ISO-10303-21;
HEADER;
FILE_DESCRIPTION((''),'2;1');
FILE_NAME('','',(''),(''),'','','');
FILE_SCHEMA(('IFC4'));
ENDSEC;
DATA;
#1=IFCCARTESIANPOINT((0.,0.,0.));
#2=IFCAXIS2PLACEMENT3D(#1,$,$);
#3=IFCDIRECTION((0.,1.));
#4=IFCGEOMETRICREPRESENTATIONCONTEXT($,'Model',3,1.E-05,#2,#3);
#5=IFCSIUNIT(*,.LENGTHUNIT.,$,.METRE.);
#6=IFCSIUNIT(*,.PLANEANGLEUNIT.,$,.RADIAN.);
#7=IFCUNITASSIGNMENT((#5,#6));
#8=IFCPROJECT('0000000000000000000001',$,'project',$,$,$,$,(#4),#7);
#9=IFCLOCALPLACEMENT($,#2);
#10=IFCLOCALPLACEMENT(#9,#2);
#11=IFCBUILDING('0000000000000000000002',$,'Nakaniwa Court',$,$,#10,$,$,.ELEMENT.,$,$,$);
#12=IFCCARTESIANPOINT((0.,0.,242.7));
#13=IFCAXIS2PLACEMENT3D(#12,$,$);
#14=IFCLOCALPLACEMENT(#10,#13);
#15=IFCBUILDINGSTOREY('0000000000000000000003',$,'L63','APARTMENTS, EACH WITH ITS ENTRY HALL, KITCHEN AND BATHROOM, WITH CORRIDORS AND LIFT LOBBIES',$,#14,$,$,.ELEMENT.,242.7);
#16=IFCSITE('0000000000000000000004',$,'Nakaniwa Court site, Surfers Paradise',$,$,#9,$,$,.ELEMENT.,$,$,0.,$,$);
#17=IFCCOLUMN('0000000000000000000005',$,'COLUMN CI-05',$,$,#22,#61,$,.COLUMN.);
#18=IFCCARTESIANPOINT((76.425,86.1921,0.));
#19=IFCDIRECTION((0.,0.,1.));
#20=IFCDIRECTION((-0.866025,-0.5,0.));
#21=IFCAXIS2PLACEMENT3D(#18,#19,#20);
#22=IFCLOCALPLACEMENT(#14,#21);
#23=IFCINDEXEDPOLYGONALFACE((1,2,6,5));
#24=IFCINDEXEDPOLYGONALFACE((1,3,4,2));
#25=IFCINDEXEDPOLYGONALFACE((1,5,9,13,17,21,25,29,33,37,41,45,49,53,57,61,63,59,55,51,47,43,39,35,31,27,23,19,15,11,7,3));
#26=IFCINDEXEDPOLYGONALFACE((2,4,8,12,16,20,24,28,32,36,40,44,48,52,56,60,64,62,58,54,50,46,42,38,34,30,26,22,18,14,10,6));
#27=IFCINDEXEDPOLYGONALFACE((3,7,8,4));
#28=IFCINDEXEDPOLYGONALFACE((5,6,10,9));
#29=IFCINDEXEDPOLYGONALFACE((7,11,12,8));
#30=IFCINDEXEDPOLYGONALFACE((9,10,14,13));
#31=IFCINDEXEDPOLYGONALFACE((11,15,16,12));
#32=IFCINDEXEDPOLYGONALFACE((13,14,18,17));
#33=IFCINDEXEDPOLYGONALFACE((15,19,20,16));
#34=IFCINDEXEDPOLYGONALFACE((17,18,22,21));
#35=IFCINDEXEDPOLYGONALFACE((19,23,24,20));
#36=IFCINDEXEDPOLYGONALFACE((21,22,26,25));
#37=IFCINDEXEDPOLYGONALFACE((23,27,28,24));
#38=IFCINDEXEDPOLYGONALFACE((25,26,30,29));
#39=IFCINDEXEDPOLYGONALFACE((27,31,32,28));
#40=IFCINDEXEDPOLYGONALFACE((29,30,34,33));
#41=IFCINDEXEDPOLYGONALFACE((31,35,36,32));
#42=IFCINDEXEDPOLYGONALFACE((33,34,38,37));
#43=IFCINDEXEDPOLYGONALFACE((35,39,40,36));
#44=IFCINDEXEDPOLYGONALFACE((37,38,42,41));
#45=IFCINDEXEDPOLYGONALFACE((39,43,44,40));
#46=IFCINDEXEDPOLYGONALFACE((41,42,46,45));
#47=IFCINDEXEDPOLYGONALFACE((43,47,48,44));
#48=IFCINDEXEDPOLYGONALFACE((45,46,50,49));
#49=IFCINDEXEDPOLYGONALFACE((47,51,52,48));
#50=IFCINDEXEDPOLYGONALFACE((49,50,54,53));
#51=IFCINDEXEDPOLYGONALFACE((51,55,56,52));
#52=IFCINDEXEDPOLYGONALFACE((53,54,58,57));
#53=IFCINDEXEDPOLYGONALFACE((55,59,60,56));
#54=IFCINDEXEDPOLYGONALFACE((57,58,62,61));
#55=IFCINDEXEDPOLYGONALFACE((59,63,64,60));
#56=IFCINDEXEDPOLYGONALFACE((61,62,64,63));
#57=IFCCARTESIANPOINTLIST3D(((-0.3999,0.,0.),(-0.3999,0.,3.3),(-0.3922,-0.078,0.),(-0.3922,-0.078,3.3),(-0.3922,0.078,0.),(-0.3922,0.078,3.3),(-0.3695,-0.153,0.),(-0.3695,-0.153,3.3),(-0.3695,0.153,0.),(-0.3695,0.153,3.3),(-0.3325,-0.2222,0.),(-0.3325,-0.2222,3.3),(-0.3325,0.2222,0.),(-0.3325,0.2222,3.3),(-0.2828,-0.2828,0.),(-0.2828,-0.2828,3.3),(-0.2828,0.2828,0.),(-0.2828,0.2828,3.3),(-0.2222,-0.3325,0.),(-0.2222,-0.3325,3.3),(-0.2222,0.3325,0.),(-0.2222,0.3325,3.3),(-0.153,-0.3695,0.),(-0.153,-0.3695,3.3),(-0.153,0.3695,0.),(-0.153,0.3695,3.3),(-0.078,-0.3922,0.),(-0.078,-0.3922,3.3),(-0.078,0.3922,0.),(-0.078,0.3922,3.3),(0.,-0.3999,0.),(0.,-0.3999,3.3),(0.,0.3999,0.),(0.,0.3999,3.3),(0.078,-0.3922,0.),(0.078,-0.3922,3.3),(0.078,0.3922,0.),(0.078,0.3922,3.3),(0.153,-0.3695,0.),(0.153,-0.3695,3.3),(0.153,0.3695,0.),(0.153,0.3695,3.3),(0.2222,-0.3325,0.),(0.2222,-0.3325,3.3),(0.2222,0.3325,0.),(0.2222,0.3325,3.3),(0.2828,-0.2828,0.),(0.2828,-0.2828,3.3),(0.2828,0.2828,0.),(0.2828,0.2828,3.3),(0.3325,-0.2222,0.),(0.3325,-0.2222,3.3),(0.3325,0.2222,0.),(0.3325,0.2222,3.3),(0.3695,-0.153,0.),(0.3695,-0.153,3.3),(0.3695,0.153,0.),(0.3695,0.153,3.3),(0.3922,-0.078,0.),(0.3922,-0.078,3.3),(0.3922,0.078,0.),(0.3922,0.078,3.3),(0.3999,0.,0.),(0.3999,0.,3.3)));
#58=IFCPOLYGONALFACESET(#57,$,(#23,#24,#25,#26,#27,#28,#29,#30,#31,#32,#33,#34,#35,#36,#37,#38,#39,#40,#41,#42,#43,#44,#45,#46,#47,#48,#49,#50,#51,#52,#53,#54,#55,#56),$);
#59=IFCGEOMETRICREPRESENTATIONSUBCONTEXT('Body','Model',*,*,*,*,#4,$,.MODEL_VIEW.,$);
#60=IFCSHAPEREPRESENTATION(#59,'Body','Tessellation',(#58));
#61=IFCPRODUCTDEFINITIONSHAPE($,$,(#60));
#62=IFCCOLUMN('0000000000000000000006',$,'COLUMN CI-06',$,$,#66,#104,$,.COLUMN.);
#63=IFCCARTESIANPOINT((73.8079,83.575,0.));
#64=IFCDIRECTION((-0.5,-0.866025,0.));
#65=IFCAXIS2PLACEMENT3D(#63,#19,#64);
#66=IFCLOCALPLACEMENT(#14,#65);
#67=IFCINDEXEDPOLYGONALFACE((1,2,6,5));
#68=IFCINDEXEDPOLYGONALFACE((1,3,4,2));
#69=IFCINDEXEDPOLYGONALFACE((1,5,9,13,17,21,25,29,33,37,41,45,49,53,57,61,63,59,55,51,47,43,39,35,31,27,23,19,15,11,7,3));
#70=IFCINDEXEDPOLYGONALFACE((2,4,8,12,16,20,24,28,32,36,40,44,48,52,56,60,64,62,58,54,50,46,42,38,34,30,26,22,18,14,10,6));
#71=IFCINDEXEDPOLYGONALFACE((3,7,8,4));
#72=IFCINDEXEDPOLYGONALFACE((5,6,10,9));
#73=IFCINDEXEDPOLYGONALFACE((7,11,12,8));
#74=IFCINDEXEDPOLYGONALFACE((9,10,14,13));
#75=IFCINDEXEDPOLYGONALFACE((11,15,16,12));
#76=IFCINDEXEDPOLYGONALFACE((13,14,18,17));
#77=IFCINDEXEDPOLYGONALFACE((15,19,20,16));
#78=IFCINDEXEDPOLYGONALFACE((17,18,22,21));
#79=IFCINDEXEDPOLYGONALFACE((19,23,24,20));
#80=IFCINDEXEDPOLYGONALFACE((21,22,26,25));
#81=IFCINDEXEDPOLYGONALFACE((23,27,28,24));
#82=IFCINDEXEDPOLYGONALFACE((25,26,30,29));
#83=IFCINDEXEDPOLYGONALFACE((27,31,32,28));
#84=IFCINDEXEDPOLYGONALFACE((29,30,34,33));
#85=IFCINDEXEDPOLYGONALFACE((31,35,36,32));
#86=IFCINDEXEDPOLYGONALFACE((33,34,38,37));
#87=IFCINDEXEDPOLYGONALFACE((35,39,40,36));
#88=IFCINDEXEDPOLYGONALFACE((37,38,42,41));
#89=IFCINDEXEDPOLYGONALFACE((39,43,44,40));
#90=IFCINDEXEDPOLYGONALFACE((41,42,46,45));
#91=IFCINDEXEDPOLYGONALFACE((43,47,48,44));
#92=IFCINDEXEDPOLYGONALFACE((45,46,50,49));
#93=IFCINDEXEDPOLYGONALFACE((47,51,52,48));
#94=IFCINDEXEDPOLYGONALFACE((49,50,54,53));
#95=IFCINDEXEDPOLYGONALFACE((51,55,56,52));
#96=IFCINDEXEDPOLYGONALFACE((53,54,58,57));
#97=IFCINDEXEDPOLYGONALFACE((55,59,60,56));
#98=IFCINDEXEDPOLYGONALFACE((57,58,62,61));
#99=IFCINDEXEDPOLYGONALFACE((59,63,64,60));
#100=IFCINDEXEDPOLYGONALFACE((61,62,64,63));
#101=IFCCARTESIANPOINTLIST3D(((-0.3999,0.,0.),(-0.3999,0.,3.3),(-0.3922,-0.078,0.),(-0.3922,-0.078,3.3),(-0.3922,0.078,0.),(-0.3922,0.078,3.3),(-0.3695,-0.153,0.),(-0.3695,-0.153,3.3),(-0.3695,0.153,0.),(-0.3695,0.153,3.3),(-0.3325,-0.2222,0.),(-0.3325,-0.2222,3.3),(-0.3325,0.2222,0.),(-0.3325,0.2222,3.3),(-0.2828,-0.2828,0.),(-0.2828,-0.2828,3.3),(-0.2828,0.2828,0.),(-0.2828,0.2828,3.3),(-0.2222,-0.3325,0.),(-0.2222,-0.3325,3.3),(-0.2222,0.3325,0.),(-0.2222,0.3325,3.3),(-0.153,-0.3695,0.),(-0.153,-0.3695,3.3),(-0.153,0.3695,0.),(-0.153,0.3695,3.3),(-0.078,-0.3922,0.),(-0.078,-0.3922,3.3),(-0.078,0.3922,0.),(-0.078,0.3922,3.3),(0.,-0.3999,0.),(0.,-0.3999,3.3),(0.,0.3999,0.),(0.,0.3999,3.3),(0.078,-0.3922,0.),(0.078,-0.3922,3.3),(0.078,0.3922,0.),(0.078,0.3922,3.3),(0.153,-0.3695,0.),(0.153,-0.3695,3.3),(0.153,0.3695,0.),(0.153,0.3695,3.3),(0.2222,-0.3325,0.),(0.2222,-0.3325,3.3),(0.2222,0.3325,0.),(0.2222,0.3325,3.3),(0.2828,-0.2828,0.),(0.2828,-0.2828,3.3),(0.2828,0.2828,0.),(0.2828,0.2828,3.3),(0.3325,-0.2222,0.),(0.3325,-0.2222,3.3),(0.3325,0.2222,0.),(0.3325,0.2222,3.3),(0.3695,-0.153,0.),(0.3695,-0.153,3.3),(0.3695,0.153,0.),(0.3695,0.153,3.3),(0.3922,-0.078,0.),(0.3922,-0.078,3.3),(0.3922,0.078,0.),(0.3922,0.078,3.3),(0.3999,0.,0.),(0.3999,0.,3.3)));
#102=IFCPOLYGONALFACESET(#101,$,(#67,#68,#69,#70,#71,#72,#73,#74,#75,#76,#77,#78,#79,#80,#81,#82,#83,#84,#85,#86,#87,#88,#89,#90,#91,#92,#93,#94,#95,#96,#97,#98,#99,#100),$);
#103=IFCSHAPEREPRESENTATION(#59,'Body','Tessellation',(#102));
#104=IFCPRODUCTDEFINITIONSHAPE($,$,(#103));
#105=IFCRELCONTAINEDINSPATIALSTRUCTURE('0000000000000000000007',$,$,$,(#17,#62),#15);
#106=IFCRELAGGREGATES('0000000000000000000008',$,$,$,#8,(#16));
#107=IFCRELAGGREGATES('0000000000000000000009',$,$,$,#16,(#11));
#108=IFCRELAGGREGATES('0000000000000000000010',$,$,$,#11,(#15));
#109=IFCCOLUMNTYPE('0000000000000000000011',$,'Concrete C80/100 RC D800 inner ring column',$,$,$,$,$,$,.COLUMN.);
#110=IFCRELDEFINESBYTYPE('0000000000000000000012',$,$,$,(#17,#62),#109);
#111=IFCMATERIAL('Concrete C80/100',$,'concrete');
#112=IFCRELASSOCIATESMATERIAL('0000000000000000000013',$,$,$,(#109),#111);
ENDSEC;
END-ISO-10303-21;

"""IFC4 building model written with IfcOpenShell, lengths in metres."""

from ifc_helpers import new_model, si_unit, direction, frame, origin, origin_2d, place, context, subcontext, project, spatial, circle, extrude, material, material_profile, profile_set, type_object, element, save


model = new_model("IFC4")

# Units and contexts
model_context = context("Model", 3, precision=1e-05, world=origin(), true_north=direction((0.0, 1.0)))
body_context = subcontext(model_context, "Body", "Model", "MODEL_VIEW")
ifc_project = project(units=[si_unit("LENGTHUNIT", "METRE"), si_unit("PLANEANGLEUNIT", "RADIAN")], contexts=[model_context])

# Site, building, storey
site_placement = place(None, origin())
site = spatial("IfcSite", under=ifc_project, at=site_placement, Name="Nakaniwa Court site, Surfers Paradise", CompositionType="ELEMENT", RefElevation=0.0)
building_placement = place(site_placement, origin())
building = spatial("IfcBuilding", under=site, at=building_placement, Name="Nakaniwa Court", CompositionType="ELEMENT")
storey_placement = place(building_placement, frame((0.0, 0.0, 242.7)))
storey = spatial("IfcBuildingStorey", under=building, at=storey_placement, Name="L63", Description="APARTMENTS, EACH WITH ITS ENTRY HALL, KITCHEN AND BATHROOM, WITH CORRIDORS AND LIFT LOBBIES", CompositionType="ELEMENT", Elevation=242.7)

# Columns
ifc_material_1 = material(Name="Concrete C80/100", Category="concrete")
ifc_material_profile_1 = material_profile(ifc_material_1, circle(Radius=0.3999, at=origin_2d()), Name="Concrete C80/100 RC D800 inner ring column")
ifc_profile_set_1 = profile_set([ifc_material_profile_1], Name="Concrete C80/100")
column_type_1 = type_object("IfcColumnType", Name="Concrete C80/100 RC D800 inner ring column", PredefinedType="COLUMN", material=ifc_profile_set_1)
for number, where, z_axis, x_axis, name in (
    (1, (76.425, 86.1921, 0.0), (0.0, 0.0, 1.0), (-0.866025, -0.5, 0.0), "COLUMN CI-05"),
    (2, (73.8079, 83.575, 0.0), (0.0, 0.0, 1.0), (-0.5, -0.866025, 0.0), "COLUMN CI-06"),
):
    element("IfcColumn", number, at=place(storey_placement, frame(where, z_axis=z_axis, x_axis=x_axis)), inside=storey, type_object=column_type_1, Name=name, PredefinedType="COLUMN", context=body_context, shape_type="SweptSolid", body=[
        extrude(circle(Radius=0.3999, at=origin_2d()), origin(), (0.0, 0.0, 1.0), 3.3),
    ])

save(model, "model.ifc")
